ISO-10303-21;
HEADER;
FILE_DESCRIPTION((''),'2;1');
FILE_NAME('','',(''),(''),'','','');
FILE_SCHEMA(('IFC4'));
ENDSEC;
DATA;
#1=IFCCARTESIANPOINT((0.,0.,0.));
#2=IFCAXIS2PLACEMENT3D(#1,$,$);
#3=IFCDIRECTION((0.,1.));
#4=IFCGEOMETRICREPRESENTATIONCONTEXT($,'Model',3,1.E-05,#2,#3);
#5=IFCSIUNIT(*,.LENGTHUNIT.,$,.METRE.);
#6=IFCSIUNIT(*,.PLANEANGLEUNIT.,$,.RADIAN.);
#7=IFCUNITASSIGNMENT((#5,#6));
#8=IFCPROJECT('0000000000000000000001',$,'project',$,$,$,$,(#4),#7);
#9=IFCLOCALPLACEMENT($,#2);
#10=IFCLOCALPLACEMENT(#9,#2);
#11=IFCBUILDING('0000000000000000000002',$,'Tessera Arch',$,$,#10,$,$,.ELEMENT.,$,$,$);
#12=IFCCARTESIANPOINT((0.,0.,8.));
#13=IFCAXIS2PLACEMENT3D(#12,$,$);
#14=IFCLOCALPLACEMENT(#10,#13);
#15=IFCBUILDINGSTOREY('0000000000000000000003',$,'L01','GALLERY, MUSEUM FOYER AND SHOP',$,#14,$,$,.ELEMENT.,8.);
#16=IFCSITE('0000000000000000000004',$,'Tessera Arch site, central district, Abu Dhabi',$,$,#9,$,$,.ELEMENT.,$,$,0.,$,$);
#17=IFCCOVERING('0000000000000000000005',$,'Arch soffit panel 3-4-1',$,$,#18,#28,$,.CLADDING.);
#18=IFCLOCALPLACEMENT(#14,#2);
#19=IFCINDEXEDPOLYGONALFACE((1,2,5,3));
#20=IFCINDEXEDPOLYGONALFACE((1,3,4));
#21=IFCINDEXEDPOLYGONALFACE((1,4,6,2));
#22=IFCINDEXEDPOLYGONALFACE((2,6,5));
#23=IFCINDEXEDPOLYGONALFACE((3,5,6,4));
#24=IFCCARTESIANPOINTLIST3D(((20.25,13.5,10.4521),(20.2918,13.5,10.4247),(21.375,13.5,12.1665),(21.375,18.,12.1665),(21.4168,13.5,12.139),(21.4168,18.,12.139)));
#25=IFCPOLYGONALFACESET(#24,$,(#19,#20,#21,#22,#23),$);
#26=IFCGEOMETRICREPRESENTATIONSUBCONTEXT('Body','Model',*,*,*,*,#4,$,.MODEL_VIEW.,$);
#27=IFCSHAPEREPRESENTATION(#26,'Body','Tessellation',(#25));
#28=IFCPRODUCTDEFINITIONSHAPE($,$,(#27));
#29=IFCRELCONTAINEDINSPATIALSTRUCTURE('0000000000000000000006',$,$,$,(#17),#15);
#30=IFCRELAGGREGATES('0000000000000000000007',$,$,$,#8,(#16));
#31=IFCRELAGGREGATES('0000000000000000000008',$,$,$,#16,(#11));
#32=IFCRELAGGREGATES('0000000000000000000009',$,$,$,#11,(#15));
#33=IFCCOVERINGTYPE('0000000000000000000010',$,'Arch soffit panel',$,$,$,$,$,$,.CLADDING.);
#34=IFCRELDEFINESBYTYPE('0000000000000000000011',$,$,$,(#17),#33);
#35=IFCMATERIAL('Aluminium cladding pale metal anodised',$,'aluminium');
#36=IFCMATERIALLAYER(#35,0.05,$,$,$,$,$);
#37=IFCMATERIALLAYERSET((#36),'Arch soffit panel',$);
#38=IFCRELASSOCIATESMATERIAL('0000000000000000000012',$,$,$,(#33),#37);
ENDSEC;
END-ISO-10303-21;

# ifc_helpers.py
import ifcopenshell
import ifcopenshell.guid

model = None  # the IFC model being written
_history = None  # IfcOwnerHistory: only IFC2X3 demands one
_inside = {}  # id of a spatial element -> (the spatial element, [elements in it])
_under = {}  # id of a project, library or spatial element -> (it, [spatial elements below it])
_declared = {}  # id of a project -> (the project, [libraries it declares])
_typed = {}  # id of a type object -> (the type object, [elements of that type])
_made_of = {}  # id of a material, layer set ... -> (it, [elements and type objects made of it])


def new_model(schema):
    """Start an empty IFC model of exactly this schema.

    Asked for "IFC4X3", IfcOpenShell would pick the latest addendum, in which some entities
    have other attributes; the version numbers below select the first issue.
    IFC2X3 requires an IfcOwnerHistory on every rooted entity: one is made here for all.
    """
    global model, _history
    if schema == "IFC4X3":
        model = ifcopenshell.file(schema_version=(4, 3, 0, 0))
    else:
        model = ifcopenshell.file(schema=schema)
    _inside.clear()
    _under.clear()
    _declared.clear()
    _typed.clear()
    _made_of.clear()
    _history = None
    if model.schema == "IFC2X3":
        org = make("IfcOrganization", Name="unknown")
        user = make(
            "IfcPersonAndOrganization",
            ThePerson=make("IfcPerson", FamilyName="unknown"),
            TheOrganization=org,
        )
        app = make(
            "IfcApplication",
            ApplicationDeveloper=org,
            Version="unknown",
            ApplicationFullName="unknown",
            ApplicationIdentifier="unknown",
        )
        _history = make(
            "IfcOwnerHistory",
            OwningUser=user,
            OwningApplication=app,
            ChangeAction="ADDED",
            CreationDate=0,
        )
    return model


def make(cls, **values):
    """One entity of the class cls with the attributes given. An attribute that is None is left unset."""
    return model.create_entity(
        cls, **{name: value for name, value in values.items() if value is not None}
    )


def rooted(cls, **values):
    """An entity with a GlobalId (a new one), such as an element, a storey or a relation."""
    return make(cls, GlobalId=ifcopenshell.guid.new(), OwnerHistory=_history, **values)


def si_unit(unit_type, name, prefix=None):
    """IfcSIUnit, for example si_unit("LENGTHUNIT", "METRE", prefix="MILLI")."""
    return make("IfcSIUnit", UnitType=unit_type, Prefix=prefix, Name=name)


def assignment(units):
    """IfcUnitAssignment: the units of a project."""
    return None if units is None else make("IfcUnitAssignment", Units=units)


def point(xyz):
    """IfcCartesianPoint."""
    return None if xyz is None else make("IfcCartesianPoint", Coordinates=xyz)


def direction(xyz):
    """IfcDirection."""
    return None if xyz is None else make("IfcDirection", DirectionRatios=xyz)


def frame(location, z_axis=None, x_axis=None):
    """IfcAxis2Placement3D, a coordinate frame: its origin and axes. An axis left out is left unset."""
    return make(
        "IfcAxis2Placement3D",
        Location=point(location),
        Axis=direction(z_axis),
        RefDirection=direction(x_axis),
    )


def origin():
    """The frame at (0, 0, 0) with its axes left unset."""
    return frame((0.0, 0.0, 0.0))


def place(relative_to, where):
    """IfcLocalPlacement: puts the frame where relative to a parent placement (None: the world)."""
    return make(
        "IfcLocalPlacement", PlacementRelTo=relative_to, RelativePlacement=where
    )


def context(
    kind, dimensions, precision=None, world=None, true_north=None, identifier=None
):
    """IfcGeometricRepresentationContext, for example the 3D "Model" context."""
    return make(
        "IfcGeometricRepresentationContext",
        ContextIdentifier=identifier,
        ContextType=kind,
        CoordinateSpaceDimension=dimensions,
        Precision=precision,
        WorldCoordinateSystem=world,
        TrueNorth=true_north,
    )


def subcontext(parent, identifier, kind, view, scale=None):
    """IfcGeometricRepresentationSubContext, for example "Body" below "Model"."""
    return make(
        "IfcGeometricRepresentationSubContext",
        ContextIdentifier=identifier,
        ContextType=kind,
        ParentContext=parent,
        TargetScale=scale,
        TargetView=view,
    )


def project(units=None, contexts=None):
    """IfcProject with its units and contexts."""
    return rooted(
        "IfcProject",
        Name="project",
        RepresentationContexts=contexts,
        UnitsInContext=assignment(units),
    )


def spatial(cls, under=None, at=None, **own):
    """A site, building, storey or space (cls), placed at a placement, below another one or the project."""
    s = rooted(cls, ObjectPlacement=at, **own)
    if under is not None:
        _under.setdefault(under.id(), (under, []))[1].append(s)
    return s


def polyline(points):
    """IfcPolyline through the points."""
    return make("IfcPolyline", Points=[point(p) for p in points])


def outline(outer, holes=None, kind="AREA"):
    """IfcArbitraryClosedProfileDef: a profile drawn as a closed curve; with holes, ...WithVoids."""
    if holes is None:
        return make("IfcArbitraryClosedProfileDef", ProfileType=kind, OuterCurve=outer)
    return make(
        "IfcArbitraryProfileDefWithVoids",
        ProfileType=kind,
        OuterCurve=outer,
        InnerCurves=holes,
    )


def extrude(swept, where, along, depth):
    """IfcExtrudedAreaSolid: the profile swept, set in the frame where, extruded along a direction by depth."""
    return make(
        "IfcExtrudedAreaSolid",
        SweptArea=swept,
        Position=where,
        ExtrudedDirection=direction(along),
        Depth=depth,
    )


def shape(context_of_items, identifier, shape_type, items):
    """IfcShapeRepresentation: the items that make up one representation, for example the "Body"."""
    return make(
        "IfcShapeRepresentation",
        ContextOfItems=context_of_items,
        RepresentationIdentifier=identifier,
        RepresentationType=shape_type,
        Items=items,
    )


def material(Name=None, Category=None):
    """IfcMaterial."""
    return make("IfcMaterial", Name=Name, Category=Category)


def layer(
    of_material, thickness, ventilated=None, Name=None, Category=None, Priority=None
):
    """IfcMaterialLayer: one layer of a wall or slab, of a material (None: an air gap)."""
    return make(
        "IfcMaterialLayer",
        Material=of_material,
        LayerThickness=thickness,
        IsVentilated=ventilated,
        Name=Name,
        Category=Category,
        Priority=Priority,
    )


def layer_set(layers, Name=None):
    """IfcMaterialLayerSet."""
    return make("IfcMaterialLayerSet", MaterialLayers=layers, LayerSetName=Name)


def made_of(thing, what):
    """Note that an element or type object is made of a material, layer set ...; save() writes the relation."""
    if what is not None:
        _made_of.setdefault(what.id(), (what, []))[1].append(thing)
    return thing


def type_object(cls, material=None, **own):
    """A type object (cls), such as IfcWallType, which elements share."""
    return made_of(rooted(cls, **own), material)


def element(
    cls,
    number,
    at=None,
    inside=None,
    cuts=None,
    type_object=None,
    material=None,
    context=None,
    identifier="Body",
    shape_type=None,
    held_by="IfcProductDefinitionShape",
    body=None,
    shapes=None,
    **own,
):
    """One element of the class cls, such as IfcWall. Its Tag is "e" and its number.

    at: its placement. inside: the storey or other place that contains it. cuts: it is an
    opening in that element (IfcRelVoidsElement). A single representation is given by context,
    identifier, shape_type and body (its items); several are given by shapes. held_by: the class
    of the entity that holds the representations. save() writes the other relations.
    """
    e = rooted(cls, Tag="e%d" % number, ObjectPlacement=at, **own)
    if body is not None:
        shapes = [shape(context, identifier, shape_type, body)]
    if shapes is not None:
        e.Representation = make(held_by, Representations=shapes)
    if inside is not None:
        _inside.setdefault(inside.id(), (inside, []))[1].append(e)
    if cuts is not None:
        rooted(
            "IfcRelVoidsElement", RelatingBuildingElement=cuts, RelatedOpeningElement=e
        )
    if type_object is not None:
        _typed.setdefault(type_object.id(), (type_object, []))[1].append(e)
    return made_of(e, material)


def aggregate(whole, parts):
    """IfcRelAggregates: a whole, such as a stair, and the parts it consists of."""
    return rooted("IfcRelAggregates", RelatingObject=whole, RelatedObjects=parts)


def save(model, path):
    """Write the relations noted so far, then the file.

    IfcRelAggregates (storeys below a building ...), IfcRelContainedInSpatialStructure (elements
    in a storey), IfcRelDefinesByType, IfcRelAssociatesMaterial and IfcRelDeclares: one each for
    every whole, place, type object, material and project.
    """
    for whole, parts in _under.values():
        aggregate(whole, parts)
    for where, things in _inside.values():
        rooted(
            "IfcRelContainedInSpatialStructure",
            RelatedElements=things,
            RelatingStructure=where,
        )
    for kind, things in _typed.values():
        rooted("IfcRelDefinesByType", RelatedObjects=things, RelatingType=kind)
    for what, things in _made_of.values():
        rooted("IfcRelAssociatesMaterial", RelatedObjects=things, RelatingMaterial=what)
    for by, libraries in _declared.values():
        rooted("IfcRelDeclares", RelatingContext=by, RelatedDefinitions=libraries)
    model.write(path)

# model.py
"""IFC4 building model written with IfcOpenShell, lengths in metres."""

from ifc_helpers import new_model, si_unit, direction, frame, origin, place, context, subcontext, project, spatial, polyline, outline, extrude, material, layer, layer_set, type_object, element, save


model = new_model("IFC4")

# Units and contexts
model_context = context("Model", 3, precision=1e-05, world=origin(), true_north=direction((0.0, 1.0)))
body_context = subcontext(model_context, "Body", "Model", "MODEL_VIEW")
ifc_project = project(units=[si_unit("LENGTHUNIT", "METRE"), si_unit("PLANEANGLEUNIT", "RADIAN")], contexts=[model_context])

# Site, building, storey
site_placement = place(None, origin())
site = spatial("IfcSite", under=ifc_project, at=site_placement, Name="Tessera Arch site, central district, Abu Dhabi", CompositionType="ELEMENT", RefElevation=0.0)
building_placement = place(site_placement, origin())
building = spatial("IfcBuilding", under=site, at=building_placement, Name="Tessera Arch", CompositionType="ELEMENT")
storey_placement = place(building_placement, frame((0.0, 0.0, 8.0)))
storey = spatial("IfcBuildingStorey", under=building, at=storey_placement, Name="L01", Description="GALLERY, MUSEUM FOYER AND SHOP", CompositionType="ELEMENT", Elevation=8.0)

# Covering
ifc_material_1 = material(Name="Aluminium cladding pale metal anodised", Category="aluminium")
ifc_layer_1 = layer(ifc_material_1, 0.05)
ifc_layer_set_1 = layer_set([ifc_layer_1], Name="Arch soffit panel")
covering_type = type_object("IfcCoveringType", Name="Arch soffit panel", PredefinedType="CLADDING", material=ifc_layer_set_1)
covering_1_placement = place(storey_placement, frame((20.25, 13.5, 10.4521), z_axis=(-0.836058, 0.0, 0.548641), x_axis=(0.548641, 0.0, 0.836058)))
element("IfcCovering", 1, at=covering_1_placement, inside=storey, type_object=covering_type, Name="Arch soffit panel 3-4-1", PredefinedType="CLADDING", context=body_context, shape_type="SweptSolid", body=[
    extrude(outline(polyline([(0.0, 0.0), (2.0505, 0.0), (2.0505, 4.5), (0.0, 0.0)])), origin(), (0.0, 0.0, -1.0), 0.05),
])

save(model, "model.ifc")
